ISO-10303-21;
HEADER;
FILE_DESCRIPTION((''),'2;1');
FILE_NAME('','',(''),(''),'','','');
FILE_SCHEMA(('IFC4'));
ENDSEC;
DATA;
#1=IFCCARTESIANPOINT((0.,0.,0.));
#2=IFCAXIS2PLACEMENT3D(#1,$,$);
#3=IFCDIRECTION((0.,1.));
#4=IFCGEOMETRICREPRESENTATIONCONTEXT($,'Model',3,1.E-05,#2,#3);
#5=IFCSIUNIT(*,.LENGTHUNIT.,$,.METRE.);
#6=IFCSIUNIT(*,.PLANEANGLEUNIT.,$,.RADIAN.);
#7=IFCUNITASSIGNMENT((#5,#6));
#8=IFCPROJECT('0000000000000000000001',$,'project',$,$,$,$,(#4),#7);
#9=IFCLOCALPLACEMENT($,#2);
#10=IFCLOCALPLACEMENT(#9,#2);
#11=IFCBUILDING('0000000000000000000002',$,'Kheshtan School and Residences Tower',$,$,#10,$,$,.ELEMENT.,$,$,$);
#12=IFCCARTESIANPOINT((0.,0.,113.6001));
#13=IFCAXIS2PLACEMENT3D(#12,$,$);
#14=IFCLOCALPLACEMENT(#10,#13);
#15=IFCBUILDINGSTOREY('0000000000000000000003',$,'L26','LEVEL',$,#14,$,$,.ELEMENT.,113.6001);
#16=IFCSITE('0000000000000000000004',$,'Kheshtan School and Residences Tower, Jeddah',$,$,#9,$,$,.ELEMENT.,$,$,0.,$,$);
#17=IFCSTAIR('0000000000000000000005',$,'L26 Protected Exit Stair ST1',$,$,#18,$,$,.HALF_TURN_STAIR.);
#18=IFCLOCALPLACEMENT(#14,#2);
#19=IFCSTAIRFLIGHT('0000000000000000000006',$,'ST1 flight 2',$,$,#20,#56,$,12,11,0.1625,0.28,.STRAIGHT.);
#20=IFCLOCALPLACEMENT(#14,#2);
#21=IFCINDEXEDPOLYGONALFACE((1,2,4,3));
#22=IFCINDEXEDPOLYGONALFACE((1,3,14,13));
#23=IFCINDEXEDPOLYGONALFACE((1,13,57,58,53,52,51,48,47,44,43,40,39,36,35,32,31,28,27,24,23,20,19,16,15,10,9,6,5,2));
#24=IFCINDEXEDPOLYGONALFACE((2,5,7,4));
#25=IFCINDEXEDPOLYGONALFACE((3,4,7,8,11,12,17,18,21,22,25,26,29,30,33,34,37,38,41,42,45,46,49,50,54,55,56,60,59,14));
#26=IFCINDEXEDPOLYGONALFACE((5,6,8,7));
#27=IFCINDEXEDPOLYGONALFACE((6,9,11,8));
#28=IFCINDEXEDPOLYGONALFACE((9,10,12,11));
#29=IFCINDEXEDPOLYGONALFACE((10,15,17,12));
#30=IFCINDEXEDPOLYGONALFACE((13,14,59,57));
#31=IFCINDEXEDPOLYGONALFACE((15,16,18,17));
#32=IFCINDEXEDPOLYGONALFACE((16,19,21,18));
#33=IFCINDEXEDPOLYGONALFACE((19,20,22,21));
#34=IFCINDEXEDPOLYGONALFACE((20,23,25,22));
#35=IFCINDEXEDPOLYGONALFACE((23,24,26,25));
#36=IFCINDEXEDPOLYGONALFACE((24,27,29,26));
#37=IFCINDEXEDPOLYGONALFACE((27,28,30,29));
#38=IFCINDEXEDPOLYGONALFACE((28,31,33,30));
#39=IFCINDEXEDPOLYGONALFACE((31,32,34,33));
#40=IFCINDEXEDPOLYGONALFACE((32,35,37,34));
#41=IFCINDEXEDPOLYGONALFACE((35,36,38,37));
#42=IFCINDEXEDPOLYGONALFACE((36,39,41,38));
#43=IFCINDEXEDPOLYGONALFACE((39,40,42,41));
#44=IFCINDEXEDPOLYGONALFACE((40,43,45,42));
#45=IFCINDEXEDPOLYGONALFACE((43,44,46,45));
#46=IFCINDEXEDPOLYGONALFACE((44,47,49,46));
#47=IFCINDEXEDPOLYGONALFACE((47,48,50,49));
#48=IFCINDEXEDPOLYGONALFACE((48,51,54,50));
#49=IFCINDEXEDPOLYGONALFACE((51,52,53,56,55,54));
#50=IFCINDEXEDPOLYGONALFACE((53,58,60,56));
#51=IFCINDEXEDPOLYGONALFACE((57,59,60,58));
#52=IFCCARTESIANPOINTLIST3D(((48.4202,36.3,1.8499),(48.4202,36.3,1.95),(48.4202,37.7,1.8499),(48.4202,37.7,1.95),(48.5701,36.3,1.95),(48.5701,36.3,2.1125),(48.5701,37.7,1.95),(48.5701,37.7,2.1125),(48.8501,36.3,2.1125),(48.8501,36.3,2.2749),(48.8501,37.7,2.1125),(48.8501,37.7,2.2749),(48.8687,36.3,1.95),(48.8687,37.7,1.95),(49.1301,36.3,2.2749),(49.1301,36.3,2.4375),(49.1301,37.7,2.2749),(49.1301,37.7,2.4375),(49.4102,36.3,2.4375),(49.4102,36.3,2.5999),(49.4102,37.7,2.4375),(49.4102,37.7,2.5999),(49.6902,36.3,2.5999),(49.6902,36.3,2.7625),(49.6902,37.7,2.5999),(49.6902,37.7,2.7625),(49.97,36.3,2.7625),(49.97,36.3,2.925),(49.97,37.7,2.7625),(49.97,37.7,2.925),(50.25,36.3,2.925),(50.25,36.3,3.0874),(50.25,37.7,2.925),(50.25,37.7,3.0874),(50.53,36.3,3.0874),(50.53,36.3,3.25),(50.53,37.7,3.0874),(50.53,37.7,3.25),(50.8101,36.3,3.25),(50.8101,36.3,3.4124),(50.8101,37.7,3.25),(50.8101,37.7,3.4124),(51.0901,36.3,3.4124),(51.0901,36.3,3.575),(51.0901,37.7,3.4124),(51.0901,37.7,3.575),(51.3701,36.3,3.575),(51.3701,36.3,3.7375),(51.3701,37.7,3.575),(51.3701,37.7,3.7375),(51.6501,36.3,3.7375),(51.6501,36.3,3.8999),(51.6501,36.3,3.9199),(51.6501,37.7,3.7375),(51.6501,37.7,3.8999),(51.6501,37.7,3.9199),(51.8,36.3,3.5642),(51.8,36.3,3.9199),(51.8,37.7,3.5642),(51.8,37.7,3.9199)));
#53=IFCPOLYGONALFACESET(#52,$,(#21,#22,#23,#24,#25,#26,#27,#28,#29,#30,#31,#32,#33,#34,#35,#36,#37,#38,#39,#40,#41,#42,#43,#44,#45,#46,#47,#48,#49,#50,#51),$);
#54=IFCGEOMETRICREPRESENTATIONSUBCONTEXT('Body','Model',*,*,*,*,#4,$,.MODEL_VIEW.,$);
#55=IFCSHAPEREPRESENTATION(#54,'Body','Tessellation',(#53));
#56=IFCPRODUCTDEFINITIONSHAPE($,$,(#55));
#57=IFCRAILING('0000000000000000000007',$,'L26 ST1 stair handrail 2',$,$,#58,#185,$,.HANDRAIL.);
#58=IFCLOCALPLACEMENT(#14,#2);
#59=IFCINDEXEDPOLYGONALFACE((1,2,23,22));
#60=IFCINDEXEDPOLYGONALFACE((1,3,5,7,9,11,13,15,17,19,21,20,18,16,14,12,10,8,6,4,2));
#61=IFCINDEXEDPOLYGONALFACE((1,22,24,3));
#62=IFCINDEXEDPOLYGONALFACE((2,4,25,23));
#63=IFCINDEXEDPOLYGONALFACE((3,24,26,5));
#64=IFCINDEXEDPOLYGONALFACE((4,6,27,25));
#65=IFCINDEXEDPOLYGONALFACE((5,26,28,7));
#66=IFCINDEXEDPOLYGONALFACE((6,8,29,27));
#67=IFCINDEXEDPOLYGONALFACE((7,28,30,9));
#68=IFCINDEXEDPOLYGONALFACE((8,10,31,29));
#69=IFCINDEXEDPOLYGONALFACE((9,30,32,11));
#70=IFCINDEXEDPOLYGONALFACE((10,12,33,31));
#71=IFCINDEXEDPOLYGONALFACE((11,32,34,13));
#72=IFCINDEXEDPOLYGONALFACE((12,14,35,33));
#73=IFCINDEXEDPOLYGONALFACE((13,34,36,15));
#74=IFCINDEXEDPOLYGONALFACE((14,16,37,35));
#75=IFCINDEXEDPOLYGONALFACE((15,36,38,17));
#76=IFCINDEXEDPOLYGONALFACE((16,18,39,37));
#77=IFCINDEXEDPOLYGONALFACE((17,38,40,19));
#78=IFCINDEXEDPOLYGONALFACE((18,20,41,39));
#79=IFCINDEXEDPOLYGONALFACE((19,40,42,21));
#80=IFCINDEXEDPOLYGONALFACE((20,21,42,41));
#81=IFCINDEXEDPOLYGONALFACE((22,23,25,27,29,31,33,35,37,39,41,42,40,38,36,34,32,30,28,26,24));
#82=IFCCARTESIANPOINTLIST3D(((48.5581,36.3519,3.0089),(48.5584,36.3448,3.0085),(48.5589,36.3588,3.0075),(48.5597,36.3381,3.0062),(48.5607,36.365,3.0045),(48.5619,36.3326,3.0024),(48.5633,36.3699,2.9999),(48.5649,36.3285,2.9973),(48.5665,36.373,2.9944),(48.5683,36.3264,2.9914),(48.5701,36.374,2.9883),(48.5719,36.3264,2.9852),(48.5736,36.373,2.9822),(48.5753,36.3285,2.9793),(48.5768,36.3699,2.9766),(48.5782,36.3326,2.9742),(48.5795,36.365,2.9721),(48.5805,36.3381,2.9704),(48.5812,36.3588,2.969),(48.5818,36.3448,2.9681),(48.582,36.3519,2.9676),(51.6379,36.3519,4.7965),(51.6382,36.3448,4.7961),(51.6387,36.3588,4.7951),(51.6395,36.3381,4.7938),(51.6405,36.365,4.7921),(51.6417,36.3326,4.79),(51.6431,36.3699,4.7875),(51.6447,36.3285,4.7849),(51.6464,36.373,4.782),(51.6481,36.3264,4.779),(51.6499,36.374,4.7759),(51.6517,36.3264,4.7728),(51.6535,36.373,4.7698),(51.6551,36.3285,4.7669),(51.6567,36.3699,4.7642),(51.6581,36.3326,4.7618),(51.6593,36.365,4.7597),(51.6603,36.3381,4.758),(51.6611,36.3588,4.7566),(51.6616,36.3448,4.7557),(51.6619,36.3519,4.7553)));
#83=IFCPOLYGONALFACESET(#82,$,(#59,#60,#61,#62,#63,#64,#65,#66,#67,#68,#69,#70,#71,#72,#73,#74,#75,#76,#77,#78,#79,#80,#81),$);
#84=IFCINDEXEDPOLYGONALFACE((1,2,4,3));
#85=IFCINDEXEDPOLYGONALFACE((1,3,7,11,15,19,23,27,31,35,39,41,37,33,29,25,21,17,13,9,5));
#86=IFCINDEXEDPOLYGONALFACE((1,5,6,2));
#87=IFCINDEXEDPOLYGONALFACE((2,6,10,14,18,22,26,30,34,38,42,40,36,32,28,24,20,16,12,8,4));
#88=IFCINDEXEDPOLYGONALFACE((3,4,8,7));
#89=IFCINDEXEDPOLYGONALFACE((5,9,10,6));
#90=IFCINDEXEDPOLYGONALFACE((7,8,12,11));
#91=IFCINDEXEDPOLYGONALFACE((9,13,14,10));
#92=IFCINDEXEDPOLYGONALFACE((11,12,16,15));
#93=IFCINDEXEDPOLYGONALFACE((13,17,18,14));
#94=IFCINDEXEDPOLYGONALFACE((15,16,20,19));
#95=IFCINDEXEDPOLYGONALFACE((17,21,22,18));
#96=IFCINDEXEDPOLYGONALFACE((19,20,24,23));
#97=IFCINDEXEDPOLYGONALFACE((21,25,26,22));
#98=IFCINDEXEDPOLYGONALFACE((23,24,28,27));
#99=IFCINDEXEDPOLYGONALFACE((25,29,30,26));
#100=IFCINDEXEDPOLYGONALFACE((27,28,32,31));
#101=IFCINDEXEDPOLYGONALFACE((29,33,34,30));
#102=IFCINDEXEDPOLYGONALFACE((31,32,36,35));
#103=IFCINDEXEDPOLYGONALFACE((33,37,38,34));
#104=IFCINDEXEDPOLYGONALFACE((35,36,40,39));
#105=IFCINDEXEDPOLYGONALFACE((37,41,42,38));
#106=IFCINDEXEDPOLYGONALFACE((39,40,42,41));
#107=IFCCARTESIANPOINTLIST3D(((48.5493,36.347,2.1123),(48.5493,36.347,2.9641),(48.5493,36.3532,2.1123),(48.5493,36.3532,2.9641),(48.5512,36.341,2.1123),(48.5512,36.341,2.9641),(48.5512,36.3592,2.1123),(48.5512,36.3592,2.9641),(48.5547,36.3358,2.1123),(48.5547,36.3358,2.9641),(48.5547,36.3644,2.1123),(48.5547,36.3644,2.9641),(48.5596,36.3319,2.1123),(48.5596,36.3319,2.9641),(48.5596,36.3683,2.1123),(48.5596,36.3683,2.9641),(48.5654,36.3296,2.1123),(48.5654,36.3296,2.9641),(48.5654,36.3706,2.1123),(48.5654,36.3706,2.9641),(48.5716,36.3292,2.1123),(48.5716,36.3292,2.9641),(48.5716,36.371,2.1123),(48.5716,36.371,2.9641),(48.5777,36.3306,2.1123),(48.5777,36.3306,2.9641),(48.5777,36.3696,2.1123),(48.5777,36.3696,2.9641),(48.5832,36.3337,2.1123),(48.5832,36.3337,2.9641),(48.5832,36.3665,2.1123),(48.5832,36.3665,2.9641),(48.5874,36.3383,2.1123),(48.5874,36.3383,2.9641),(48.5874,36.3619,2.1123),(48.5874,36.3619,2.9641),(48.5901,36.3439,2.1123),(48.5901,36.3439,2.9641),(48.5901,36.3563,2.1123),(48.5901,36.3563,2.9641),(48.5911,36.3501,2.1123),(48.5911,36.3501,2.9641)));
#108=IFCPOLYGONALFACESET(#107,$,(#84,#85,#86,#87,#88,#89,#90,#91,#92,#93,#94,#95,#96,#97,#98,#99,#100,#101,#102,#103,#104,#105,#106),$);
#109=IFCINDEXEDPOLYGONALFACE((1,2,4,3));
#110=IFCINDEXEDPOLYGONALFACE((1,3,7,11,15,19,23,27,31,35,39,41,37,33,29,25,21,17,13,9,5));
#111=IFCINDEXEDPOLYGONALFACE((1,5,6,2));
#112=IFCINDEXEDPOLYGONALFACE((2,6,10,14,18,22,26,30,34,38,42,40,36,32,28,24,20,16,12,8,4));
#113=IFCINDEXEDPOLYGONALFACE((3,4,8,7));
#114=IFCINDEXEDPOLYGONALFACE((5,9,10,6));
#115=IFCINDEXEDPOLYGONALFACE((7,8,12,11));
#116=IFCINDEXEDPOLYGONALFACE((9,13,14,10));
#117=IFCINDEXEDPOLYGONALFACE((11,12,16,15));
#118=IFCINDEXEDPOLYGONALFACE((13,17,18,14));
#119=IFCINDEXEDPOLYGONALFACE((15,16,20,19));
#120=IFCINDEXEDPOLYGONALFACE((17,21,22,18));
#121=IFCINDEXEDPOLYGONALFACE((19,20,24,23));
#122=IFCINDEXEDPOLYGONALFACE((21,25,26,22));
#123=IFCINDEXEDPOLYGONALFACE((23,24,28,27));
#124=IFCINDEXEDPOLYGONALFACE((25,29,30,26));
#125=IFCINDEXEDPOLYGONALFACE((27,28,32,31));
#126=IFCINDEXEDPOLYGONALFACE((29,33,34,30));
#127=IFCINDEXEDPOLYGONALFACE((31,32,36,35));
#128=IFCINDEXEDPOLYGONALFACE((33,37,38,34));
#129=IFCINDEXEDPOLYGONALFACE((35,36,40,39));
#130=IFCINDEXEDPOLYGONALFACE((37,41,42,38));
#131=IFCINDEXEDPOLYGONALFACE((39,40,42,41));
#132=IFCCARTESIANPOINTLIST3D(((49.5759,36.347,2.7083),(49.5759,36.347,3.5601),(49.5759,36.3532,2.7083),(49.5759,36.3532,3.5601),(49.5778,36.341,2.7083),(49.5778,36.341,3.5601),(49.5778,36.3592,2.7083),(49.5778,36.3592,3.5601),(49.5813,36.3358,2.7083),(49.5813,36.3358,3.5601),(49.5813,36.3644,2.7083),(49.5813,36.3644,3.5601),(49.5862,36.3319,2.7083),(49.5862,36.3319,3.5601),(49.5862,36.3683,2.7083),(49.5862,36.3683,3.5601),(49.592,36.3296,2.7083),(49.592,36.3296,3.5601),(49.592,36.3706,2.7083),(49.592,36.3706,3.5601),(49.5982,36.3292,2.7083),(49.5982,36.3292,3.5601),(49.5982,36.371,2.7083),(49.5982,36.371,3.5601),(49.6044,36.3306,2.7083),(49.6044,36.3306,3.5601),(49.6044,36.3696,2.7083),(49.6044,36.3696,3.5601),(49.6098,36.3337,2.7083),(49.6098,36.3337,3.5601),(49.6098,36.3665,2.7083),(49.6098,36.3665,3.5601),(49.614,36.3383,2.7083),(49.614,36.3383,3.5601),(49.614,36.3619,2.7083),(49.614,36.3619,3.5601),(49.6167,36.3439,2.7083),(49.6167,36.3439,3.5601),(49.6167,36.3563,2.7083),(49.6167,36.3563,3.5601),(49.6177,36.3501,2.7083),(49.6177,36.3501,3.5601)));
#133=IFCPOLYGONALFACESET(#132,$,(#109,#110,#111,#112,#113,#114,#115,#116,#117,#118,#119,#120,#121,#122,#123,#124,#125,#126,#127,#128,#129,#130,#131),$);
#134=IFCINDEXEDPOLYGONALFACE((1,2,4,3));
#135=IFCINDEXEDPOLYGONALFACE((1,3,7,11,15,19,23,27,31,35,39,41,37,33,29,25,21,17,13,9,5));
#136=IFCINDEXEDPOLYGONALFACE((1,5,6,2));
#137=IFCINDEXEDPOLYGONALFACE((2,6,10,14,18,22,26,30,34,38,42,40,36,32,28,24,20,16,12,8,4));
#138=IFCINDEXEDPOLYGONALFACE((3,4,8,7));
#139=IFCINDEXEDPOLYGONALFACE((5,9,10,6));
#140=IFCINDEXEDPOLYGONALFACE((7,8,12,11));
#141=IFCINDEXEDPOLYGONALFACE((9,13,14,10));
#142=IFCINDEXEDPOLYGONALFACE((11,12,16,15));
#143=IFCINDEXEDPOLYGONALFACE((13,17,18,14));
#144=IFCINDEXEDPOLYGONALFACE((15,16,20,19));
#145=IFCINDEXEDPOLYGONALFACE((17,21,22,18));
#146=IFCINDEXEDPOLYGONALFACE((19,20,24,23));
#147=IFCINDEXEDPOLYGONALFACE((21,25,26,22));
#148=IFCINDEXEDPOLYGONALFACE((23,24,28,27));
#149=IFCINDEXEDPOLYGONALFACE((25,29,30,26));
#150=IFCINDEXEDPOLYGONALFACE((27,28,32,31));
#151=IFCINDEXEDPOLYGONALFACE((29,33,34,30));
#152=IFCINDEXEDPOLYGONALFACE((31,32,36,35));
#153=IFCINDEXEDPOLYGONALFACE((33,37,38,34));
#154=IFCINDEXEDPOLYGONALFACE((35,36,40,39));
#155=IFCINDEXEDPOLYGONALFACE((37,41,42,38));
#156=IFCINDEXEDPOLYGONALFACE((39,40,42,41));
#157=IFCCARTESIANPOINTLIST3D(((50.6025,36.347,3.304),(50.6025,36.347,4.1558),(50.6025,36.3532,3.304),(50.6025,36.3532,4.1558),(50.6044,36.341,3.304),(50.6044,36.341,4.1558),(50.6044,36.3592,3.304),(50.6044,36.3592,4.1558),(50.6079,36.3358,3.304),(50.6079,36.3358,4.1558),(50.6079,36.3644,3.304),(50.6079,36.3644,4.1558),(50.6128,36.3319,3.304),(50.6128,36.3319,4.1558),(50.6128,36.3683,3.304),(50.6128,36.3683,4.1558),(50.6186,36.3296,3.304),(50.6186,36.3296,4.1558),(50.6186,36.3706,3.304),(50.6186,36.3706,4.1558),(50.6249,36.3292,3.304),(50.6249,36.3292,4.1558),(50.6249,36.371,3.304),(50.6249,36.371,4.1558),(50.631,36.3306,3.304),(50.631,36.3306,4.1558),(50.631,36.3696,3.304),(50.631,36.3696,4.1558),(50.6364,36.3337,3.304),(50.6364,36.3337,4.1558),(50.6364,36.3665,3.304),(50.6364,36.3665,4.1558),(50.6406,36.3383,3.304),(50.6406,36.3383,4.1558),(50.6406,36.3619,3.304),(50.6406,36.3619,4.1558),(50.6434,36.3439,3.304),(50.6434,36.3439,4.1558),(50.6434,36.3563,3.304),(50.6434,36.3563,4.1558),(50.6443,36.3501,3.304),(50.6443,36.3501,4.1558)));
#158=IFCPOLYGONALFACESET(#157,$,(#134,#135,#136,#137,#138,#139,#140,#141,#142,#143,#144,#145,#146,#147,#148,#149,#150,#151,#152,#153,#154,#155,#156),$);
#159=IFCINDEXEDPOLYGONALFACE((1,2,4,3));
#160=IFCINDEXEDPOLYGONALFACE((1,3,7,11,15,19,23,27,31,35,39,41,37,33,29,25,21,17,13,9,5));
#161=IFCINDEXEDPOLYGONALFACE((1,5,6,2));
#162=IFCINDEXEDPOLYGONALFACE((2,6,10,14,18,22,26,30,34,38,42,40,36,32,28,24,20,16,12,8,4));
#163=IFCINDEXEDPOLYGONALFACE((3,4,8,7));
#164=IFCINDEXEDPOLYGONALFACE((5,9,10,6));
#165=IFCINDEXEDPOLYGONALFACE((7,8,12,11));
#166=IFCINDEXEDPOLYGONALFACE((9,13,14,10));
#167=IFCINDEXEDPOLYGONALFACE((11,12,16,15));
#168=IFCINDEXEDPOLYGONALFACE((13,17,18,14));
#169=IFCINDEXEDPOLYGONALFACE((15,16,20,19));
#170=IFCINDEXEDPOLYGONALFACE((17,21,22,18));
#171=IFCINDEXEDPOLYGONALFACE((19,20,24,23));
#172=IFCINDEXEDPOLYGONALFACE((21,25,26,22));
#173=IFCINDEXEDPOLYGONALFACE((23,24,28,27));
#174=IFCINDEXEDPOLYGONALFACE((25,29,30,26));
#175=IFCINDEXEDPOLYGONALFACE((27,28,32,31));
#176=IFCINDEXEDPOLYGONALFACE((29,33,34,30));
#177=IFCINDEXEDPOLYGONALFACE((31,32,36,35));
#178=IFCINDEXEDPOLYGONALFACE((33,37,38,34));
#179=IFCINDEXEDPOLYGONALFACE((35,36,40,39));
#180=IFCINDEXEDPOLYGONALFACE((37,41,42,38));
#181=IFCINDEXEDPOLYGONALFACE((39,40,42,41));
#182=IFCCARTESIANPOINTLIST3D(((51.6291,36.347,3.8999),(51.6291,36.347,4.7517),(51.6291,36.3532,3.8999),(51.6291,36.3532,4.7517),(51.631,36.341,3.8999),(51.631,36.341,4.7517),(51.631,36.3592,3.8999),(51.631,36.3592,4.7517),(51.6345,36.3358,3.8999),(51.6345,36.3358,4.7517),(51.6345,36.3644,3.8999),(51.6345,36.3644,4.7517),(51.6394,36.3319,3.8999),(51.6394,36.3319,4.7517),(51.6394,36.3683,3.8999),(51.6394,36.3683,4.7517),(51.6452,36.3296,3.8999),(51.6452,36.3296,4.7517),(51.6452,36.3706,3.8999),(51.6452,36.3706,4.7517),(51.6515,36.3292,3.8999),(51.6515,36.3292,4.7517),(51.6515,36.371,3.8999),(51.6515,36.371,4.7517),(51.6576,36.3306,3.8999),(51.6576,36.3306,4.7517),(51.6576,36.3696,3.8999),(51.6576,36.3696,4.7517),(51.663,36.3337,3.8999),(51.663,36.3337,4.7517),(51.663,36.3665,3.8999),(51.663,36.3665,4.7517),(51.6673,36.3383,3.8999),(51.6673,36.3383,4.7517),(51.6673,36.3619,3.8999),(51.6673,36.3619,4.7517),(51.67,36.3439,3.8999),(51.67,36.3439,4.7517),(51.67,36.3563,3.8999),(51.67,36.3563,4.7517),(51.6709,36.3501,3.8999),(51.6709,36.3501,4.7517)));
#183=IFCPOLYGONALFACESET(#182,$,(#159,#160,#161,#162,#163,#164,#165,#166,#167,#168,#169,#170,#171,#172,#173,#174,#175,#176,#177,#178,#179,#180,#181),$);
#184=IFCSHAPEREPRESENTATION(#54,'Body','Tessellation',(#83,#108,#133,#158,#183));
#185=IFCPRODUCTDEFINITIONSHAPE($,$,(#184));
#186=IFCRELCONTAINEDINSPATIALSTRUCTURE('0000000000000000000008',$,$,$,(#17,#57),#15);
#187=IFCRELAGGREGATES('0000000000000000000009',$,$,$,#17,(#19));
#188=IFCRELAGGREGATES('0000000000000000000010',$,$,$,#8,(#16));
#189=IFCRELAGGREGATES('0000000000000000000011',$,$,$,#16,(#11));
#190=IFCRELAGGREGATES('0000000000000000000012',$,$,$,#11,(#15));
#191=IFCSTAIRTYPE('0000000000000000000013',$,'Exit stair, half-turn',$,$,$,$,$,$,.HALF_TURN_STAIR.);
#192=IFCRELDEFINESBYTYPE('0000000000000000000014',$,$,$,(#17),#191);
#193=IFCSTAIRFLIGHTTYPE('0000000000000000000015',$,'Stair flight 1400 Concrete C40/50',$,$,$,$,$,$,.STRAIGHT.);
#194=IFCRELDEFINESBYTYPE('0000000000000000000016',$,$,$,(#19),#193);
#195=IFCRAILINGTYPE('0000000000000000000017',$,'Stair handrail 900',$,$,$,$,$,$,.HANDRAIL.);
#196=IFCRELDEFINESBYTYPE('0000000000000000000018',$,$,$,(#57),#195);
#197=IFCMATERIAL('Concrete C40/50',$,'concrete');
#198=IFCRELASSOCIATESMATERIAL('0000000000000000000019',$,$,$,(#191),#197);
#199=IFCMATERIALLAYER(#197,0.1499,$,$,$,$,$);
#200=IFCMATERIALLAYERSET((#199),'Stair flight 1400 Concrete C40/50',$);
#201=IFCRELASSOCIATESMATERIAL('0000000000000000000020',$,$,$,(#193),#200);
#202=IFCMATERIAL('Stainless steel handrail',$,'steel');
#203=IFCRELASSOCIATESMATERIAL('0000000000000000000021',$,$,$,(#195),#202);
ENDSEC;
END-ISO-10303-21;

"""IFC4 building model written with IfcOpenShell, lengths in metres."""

from ifc_helpers import new_model, si_unit, direction, frame, origin, origin_2d, place, context, subcontext, project, spatial, polyline, circle, outline, extrude, material, layer, layer_set, type_object, element, aggregate, save


model = new_model("IFC4")

# Units and contexts
model_context = context("Model", 3, precision=1e-05, world=origin(), true_north=direction((0.0, 1.0)))
body_context = subcontext(model_context, "Body", "Model", "MODEL_VIEW")
ifc_project = project(units=[si_unit("LENGTHUNIT", "METRE"), si_unit("PLANEANGLEUNIT", "RADIAN")], contexts=[model_context])

# Site, building, storey
site_placement = place(None, origin())
site = spatial("IfcSite", under=ifc_project, at=site_placement, Name="Kheshtan School and Residences Tower, Jeddah", CompositionType="ELEMENT", RefElevation=0.0)
building_placement = place(site_placement, origin())
building = spatial("IfcBuilding", under=site, at=building_placement, Name="Kheshtan School and Residences Tower", CompositionType="ELEMENT")
storey_placement = place(building_placement, frame((0.0, 0.0, 113.6001)))
storey = spatial("IfcBuildingStorey", under=building, at=storey_placement, Name="L26", Description="LEVEL", CompositionType="ELEMENT", Elevation=113.6001)

# Shared definitions
ifc_material_1 = material(Name="Concrete C40/50", Category="concrete")

# Stair, stair flight
stair_type = type_object("IfcStairType", Name="Exit stair, half-turn", PredefinedType="HALF_TURN_STAIR", material=ifc_material_1)
stair_placement = place(storey_placement, origin())
stair = element("IfcStair", 1, at=stair_placement, inside=storey, type_object=stair_type, Name="L26 Protected Exit Stair ST1", PredefinedType="HALF_TURN_STAIR")
ifc_layer_1 = layer(ifc_material_1, 0.1499)
ifc_layer_set_1 = layer_set([ifc_layer_1], Name="Stair flight 1400 Concrete C40/50")
stair_flight_type = type_object("IfcStairFlightType", Name="Stair flight 1400 Concrete C40/50", PredefinedType="STRAIGHT", material=ifc_layer_set_1)
stair_flight_placement = place(storey_placement, frame((48.5701, 37.0, 1.95), z_axis=(0.0, 0.0, 1.0), x_axis=(1.0, 0.0, 0.0)))
stair_flight = element("IfcStairFlight", 2, at=stair_flight_placement, type_object=stair_flight_type, Name="ST1 flight 2", NumberOfRisers=12, NumberOfTreads=11, PredefinedType="STRAIGHT", RiserHeight=0.1625, TreadLength=0.28, context=body_context, shape_type="SweptSolid", body=[
    extrude(outline(polyline([(-0.1499, -0.1001), (-0.1499, 0.0), (0.0, 0.0), (0.0, 0.1626), (0.28, 0.1626), (0.28, 0.325), (0.5601, 0.325), (0.5601, 0.4875), (0.8401, 0.4875), (0.8401, 0.6499), (1.1201, 0.6499), (1.1201, 0.8125), (1.3999, 0.8125), (1.3999, 0.9751), (1.6799, 0.9751), (1.6799, 1.1375), (1.96, 1.1375), (1.96, 1.3), (2.24, 1.3), (2.24, 1.4624), (2.52, 1.4624), (2.52, 1.625), (2.8, 1.625), (2.8, 1.7876), (3.0801, 1.7876), (3.0801, 1.95), (3.0801, 1.97), (3.23, 1.97), (3.23, 1.6143), (0.2986, 0.0), (-0.1499, -0.1001)])), frame((0.0, 0.7, 0.0), z_axis=(0.0, -1.0, 0.0), x_axis=(1.0, 0.0, 0.0)), (0.0, 0.0, 1.0), 1.3999),
])
aggregate(stair, [stair_flight])

# Railing
ifc_material_2 = material(Name="Stainless steel handrail", Category="steel")
railing_type = type_object("IfcRailingType", Name="Stair handrail 900", PredefinedType="HANDRAIL", material=ifc_material_2)
railing_placement = place(storey_placement, frame((48.5701, 36.3501, 2.1123)))
element("IfcRailing", 3, at=railing_placement, inside=storey, type_object=railing_type, Name="L26 ST1 stair handrail 2", PredefinedType="HANDRAIL", context=body_context, shape_type="SweptSolid", body=[
    extrude(circle(Radius=0.0239, at=origin_2d()), frame((0.0, 0.0, 0.876), z_axis=(0.864873, 0.0, 0.50199), x_axis=(0.0, 1.0, 0.0)), (0.0, 0.0, 1.0), 3.561),
    extrude(circle(Radius=0.021, at=origin_2d()), origin(), (0.0, 0.0, 1.0), 0.8518),
    extrude(circle(Radius=0.021, at=origin_2d()), frame((1.0266, 0.0, 0.5959)), (0.0, 0.0, 1.0), 0.8518),
    extrude(circle(Radius=0.021, at=origin_2d()), frame((2.0532, 0.0, 1.1917)), (0.0, 0.0, 1.0), 0.8518),
    extrude(circle(Radius=0.021, at=origin_2d()), frame((3.0798, 0.0, 1.7876)), (0.0, 0.0, 1.0), 0.8518),
])

save(model, "model.ifc")
